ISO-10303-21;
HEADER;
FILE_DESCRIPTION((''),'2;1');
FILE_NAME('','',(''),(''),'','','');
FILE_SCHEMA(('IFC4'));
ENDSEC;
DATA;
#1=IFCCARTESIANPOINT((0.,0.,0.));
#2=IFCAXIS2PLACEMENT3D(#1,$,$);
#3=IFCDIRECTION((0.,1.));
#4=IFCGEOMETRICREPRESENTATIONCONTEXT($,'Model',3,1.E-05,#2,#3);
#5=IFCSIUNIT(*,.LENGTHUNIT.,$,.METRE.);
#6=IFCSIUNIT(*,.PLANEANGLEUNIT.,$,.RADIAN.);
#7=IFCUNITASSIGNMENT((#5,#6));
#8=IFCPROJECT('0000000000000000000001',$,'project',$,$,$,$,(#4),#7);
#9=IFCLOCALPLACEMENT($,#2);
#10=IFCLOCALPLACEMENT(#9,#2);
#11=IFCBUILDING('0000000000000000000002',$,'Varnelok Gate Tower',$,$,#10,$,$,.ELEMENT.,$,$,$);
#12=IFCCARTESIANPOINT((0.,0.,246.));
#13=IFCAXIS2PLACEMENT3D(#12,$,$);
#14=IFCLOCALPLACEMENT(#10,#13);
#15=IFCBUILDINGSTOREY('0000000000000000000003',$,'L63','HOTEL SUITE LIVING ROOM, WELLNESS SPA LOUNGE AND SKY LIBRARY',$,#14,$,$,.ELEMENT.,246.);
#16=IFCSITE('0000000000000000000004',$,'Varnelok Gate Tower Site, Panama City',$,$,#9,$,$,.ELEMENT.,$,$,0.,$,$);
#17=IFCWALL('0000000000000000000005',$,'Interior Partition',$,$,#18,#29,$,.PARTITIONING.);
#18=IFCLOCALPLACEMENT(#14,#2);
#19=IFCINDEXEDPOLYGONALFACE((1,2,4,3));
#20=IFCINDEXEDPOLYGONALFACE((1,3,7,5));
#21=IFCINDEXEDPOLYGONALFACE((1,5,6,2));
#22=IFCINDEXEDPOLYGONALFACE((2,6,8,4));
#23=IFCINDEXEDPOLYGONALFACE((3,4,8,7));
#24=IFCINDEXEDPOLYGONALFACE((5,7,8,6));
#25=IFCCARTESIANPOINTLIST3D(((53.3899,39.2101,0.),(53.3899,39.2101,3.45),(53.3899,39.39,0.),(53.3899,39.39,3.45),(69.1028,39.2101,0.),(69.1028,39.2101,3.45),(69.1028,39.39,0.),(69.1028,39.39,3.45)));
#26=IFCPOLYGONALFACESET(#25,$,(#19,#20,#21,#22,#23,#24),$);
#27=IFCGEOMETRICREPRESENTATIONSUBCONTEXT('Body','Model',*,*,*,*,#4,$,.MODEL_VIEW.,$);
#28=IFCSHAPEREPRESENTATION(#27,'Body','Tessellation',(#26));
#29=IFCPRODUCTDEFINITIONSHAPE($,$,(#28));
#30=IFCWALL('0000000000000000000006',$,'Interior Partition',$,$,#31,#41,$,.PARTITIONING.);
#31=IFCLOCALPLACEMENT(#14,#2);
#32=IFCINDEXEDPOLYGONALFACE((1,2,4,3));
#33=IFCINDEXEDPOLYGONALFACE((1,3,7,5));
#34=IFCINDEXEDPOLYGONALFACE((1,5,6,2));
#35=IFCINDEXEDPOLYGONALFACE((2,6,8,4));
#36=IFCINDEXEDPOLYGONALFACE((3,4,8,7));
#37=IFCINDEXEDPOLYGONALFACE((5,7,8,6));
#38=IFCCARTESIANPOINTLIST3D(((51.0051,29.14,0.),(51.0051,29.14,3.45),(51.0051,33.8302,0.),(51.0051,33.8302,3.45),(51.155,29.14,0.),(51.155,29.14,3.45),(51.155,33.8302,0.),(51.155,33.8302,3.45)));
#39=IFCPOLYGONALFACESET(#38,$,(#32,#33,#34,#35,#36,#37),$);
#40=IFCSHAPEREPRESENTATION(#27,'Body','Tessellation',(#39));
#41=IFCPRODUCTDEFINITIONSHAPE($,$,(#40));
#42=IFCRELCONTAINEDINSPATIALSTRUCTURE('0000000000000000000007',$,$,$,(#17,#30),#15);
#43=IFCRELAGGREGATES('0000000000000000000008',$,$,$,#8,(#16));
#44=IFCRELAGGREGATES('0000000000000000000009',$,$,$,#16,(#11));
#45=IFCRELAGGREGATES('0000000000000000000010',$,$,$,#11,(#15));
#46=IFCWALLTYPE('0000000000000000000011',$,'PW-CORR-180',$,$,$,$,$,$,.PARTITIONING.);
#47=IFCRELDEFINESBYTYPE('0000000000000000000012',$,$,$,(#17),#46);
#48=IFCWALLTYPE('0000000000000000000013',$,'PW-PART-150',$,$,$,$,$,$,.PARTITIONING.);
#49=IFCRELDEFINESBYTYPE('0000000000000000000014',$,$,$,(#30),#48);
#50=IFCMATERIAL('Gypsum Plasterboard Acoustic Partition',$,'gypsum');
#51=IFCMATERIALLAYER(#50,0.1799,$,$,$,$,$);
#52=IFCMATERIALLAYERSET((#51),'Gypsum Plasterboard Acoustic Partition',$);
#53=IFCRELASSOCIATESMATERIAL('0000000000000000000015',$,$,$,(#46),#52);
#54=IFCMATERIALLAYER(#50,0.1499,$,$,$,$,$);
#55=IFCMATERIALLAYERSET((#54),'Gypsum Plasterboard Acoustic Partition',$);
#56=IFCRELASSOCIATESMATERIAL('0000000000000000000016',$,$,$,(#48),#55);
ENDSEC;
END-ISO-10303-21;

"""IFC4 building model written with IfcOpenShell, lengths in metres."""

from ifc_helpers import new_model, si_unit, direction, frame, frame_2d, origin, place, context, subcontext, project, spatial, rectangle, extrude, material, layer, layer_set, type_object, element, save


model = new_model("IFC4")

# Units and contexts
model_context = context("Model", 3, precision=1e-05, world=origin(), true_north=direction((0.0, 1.0)))
body_context = subcontext(model_context, "Body", "Model", "MODEL_VIEW")
ifc_project = project(units=[si_unit("LENGTHUNIT", "METRE"), si_unit("PLANEANGLEUNIT", "RADIAN")], contexts=[model_context])

# Site, building, storey
site_placement = place(None, origin())
site = spatial("IfcSite", under=ifc_project, at=site_placement, Name="Varnelok Gate Tower Site, Panama City", CompositionType="ELEMENT", RefElevation=0.0)
building_placement = place(site_placement, origin())
building = spatial("IfcBuilding", under=site, at=building_placement, Name="Varnelok Gate Tower", CompositionType="ELEMENT")
storey_placement = place(building_placement, frame((0.0, 0.0, 246.0)))
storey = spatial("IfcBuildingStorey", under=building, at=storey_placement, Name="L63", Description="HOTEL SUITE LIVING ROOM, WELLNESS SPA LOUNGE AND SKY LIBRARY", CompositionType="ELEMENT", Elevation=246.0)

# Walls
ifc_material_1 = material(Name="Gypsum Plasterboard Acoustic Partition", Category="gypsum")
ifc_layer_1 = layer(ifc_material_1, 0.1799)
ifc_layer_set_1 = layer_set([ifc_layer_1], Name="Gypsum Plasterboard Acoustic Partition")
wall_type_1 = type_object("IfcWallType", Name="PW-CORR-180", PredefinedType="PARTITIONING", material=ifc_layer_set_1)
wall_1_placement = place(storey_placement, frame((53.3899, 39.3, 0.0), z_axis=(0.0, 0.0, 1.0), x_axis=(1.0, 0.0, 0.0)))
element("IfcWall", 1, at=wall_1_placement, inside=storey, type_object=wall_type_1, Name="Interior Partition", PredefinedType="PARTITIONING", context=body_context, shape_type="SweptSolid", body=[
    extrude(rectangle(XDim=15.7129, YDim=0.1799, at=frame_2d((7.8564, 0.0))), origin(), (0.0, 0.0, 1.0), 3.45),
])
ifc_layer_2 = layer(ifc_material_1, 0.1499)
ifc_layer_set_2 = layer_set([ifc_layer_2], Name="Gypsum Plasterboard Acoustic Partition")
wall_type_2 = type_object("IfcWallType", Name="PW-PART-150", PredefinedType="PARTITIONING", material=ifc_layer_set_2)
wall_2_placement = place(storey_placement, frame((51.0801, 29.1399, 0.0), z_axis=(0.0, 0.0, 1.0), x_axis=(0.0, 1.0, 0.0)))
element("IfcWall", 2, at=wall_2_placement, inside=storey, type_object=wall_type_2, Name="Interior Partition", PredefinedType="PARTITIONING", context=body_context, shape_type="SweptSolid", body=[
    extrude(rectangle(XDim=4.6902, YDim=0.1499, at=frame_2d((2.3452, 0.0))), origin(), (0.0, 0.0, 1.0), 3.45),
])

save(model, "model.ifc")
